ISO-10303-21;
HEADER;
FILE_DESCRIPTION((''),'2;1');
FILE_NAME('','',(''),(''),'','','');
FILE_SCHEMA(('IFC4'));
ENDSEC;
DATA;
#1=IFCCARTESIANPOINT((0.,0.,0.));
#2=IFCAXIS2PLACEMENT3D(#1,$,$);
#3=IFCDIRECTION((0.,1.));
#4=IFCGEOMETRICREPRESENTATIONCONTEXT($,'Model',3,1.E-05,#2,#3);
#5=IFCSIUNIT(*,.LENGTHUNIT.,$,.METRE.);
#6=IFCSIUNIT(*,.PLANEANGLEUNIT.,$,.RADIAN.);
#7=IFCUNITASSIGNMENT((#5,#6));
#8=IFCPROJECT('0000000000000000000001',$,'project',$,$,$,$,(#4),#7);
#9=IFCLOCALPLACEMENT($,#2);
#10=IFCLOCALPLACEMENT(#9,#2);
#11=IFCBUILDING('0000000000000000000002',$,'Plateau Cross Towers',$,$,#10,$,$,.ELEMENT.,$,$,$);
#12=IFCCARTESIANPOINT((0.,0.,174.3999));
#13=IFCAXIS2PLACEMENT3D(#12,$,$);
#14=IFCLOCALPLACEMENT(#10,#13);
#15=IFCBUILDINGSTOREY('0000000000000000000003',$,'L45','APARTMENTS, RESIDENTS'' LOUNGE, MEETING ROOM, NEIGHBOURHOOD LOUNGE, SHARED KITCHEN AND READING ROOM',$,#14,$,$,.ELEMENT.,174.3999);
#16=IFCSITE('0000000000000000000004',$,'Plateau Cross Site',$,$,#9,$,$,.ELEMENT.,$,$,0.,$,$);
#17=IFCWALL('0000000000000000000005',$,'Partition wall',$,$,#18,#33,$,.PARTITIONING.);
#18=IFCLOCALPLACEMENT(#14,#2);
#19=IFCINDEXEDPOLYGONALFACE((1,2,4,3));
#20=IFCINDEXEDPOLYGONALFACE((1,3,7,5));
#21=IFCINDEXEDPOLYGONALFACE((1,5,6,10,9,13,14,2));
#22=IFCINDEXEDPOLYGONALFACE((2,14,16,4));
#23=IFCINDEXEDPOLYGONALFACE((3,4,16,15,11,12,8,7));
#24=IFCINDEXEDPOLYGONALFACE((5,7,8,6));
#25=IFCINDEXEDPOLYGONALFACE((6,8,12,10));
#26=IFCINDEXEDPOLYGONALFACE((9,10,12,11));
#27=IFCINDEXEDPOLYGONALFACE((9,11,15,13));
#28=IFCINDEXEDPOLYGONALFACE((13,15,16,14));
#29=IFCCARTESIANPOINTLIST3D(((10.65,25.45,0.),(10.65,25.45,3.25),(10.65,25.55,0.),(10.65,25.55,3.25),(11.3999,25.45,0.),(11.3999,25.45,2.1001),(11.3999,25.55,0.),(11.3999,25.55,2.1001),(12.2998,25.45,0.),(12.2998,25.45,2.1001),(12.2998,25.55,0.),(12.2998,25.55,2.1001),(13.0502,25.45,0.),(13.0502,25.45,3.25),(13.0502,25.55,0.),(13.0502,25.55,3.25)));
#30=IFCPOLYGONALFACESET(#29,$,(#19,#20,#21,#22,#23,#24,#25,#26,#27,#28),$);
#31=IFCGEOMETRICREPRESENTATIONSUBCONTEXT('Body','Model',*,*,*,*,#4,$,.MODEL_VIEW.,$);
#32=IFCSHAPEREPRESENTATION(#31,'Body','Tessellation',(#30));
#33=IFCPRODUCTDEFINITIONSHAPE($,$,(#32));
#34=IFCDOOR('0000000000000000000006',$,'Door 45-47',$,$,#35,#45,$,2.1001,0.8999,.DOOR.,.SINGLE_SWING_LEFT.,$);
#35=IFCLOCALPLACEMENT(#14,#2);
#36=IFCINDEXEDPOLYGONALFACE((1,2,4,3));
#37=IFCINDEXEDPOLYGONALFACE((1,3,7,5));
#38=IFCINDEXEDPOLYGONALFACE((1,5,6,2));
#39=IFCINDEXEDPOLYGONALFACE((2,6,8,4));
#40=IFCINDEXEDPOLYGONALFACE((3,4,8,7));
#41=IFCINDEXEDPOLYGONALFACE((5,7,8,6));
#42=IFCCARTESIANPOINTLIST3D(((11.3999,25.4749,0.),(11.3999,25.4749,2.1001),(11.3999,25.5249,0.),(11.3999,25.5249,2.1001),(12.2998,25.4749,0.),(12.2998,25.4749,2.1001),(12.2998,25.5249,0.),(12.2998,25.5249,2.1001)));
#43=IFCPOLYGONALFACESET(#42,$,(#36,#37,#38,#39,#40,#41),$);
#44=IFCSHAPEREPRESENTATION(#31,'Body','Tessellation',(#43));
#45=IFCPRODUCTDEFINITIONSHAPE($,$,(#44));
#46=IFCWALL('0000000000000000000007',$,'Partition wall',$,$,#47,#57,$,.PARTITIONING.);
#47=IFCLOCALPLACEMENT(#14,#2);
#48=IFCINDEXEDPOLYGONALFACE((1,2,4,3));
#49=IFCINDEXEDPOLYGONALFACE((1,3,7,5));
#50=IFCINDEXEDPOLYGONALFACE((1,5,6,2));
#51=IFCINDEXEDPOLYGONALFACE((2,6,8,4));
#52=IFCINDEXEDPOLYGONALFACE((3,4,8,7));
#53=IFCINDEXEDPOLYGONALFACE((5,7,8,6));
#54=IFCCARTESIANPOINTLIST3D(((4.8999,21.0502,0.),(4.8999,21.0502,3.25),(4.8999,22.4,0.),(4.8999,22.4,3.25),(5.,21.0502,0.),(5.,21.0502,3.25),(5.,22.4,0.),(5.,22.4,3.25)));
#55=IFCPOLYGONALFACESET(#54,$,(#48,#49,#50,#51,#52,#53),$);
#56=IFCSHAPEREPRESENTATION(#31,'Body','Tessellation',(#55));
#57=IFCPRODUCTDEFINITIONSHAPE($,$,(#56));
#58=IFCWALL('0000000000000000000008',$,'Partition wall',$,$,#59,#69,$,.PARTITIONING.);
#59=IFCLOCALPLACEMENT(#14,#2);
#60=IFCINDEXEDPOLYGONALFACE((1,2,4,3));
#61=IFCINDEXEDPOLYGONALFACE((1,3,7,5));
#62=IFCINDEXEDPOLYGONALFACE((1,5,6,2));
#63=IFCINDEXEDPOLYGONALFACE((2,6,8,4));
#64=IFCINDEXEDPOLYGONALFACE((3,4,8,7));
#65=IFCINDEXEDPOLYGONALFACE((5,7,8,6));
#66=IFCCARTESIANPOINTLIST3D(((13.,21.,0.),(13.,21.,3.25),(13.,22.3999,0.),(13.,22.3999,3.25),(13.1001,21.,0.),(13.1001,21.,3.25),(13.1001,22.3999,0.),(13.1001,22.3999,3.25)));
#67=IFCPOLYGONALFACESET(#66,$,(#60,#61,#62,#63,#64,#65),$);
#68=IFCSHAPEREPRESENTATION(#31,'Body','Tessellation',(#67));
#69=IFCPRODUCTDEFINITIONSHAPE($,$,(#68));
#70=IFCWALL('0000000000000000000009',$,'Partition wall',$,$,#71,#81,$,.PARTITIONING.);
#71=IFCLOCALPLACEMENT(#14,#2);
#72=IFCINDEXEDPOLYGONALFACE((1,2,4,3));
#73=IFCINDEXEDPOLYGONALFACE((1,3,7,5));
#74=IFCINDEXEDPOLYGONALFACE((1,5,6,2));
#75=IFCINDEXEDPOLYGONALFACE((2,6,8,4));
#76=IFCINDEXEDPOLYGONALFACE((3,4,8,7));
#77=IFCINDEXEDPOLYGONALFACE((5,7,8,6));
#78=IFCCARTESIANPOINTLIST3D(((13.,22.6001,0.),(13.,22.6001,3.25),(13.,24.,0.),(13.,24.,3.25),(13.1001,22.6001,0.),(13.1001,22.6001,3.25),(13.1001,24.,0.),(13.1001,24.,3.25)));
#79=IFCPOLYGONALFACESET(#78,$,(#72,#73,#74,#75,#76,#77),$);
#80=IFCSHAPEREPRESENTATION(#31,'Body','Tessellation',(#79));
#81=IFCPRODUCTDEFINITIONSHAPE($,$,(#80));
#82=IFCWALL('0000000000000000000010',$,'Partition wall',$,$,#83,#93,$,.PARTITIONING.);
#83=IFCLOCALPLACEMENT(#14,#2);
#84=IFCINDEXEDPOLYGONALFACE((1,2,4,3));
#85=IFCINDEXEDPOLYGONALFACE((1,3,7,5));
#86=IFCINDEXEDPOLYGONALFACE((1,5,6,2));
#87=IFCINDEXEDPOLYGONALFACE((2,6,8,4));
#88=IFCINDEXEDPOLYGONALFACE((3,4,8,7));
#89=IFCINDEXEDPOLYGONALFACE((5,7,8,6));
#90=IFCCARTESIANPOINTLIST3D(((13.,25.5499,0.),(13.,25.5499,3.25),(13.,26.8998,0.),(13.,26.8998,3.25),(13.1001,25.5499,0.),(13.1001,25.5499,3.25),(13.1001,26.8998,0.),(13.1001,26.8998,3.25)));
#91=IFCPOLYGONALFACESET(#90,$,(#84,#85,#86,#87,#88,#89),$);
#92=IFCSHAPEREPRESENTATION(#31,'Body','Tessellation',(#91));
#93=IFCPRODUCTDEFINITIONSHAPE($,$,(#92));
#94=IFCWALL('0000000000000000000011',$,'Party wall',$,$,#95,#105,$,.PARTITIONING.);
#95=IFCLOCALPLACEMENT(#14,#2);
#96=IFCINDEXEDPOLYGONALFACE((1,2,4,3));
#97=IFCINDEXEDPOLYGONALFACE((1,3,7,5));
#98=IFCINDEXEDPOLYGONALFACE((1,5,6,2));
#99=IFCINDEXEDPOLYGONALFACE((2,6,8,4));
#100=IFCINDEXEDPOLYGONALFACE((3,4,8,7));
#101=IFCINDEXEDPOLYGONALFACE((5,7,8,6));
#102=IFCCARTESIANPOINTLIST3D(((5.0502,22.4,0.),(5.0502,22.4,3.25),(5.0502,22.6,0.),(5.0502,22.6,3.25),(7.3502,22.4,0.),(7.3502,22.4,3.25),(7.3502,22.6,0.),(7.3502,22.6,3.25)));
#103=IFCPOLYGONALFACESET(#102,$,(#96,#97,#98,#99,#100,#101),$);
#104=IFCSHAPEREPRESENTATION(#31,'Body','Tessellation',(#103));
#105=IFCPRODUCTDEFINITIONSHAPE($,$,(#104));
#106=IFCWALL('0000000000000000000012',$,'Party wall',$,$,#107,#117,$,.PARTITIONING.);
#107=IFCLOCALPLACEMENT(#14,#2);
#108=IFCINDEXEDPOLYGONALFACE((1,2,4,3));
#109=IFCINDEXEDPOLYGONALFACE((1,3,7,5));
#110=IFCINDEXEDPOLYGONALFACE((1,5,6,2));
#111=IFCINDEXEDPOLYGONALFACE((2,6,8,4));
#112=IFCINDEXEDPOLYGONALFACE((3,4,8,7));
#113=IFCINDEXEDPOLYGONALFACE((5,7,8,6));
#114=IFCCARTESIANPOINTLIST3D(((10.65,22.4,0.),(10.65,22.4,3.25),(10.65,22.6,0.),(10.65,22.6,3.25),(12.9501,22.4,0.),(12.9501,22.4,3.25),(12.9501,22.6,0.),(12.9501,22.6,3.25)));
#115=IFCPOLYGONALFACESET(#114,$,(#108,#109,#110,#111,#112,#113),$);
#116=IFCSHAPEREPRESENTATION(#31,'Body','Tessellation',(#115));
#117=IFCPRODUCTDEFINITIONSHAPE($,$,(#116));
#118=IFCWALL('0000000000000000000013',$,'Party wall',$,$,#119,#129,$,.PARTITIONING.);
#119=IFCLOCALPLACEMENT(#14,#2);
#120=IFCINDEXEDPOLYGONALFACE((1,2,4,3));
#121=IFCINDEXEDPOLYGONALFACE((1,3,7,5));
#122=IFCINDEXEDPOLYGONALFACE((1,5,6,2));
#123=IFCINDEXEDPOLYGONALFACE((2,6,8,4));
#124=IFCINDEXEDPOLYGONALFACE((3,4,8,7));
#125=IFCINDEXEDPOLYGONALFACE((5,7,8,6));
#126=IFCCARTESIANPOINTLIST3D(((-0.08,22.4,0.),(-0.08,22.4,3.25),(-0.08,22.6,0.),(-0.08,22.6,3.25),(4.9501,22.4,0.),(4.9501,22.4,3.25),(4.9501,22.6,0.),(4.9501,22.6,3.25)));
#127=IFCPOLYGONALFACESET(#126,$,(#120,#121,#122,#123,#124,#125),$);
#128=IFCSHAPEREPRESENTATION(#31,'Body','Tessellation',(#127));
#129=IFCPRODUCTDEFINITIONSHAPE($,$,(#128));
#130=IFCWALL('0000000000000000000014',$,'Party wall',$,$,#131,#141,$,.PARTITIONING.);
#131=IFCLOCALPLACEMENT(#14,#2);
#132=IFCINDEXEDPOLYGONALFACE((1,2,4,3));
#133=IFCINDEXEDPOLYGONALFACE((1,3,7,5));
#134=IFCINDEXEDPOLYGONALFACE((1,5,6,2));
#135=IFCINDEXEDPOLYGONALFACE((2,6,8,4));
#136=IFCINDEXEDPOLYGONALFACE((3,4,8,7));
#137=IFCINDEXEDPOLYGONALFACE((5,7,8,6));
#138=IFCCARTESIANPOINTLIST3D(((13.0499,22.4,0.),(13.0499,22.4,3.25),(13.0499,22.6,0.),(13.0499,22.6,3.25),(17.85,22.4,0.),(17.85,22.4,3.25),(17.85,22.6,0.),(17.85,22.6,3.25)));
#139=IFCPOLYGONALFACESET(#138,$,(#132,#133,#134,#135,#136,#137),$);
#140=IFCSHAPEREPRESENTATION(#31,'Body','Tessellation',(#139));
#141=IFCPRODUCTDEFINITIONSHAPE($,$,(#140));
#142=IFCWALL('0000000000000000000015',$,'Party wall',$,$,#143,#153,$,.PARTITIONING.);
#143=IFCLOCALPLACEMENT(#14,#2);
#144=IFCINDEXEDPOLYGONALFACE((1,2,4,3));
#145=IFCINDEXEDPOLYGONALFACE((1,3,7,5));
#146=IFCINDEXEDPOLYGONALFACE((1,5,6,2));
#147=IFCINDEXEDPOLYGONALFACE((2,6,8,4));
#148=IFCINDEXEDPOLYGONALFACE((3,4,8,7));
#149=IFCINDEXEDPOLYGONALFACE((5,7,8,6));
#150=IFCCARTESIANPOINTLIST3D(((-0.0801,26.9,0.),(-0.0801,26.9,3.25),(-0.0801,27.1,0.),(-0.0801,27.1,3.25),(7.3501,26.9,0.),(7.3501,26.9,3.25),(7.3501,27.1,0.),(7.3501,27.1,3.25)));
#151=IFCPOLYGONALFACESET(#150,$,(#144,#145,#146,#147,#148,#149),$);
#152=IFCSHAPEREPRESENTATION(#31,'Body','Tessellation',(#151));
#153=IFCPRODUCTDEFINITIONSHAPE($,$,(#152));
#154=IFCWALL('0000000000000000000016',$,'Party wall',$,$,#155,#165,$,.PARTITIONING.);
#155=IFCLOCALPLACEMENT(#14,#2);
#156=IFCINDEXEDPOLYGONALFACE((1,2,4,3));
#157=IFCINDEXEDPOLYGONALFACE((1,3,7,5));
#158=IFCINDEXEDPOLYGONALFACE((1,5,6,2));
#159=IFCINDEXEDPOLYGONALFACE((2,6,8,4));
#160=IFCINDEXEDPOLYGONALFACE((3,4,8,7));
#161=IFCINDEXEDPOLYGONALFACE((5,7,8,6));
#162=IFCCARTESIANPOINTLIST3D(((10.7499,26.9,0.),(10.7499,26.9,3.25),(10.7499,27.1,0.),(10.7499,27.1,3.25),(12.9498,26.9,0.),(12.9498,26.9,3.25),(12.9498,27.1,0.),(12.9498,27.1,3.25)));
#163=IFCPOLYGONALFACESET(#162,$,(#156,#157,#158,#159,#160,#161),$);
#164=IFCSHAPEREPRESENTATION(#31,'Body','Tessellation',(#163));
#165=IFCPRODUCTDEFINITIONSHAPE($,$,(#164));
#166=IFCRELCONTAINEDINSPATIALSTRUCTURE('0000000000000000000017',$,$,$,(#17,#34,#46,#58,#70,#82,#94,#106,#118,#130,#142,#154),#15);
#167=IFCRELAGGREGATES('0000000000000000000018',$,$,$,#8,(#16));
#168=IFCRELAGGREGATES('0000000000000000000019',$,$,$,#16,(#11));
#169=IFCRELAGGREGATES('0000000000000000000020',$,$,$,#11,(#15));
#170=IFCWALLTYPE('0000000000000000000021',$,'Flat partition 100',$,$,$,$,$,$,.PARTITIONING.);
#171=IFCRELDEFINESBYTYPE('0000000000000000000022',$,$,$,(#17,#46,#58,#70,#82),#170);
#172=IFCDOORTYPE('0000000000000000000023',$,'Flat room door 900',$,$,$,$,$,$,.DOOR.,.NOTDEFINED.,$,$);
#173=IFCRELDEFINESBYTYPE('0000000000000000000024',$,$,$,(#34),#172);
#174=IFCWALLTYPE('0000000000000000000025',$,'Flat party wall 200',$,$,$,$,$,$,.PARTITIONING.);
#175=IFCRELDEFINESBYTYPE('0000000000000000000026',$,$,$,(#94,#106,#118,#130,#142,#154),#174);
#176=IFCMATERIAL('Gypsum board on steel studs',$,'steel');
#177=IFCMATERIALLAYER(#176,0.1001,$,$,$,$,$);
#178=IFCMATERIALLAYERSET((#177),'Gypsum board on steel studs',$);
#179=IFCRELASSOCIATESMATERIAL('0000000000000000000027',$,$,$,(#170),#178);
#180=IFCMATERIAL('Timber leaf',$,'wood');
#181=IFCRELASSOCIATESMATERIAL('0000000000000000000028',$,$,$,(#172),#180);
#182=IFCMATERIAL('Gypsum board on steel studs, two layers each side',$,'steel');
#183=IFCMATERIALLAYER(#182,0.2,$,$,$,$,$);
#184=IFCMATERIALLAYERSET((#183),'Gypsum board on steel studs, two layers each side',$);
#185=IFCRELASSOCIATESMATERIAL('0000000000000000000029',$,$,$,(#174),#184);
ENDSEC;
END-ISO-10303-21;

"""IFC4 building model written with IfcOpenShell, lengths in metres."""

from ifc_helpers import new_model, si_unit, direction, frame, frame_2d, origin, place, context, subcontext, project, spatial, rectangle, extrude, material, layer, layer_set, type_object, element, fill, save


model = new_model("IFC4")

# Units and contexts
model_context = context("Model", 3, precision=1e-05, world=origin(), true_north=direction((0.0, 1.0)))
body_context = subcontext(model_context, "Body", "Model", "MODEL_VIEW")
ifc_project = project(units=[si_unit("LENGTHUNIT", "METRE"), si_unit("PLANEANGLEUNIT", "RADIAN")], contexts=[model_context])

# Site, building, storey
site_placement = place(None, origin())
site = spatial("IfcSite", under=ifc_project, at=site_placement, Name="Plateau Cross Site", CompositionType="ELEMENT", RefElevation=0.0)
building_placement = place(site_placement, origin())
building = spatial("IfcBuilding", under=site, at=building_placement, Name="Plateau Cross Towers", CompositionType="ELEMENT")
storey_placement = place(building_placement, frame((0.0, 0.0, 174.3999)))
storey = spatial("IfcBuildingStorey", under=building, at=storey_placement, Name="L45", Description="APARTMENTS, RESIDENTS' LOUNGE, MEETING ROOM, NEIGHBOURHOOD LOUNGE, SHARED KITCHEN AND READING ROOM", CompositionType="ELEMENT", Elevation=174.3999)

# Wall, opening, door
ifc_material_1 = material(Name="Gypsum board on steel studs", Category="steel")
ifc_layer_1 = layer(ifc_material_1, 0.1001)
ifc_layer_set_1 = layer_set([ifc_layer_1], Name="Gypsum board on steel studs")
wall_type_1 = type_object("IfcWallType", Name="Flat partition 100", PredefinedType="PARTITIONING", material=ifc_layer_set_1)
ifc_material_2 = material(Name="Timber leaf", Category="wood")
door_type_1 = type_object("IfcDoorType", Name="Flat room door 900", OperationType="NOTDEFINED", PredefinedType="DOOR", material=ifc_material_2)
wall_1_placement = place(storey_placement, frame((10.6499, 25.5, 0.0), z_axis=(0.0, 0.0, 1.0), x_axis=(1.0, 0.0, 0.0)))
wall_1 = element("IfcWall", 1, at=wall_1_placement, inside=storey, type_object=wall_type_1, Name="Partition wall", PredefinedType="PARTITIONING", context=body_context, shape_type="SweptSolid", body=[
    extrude(rectangle(XDim=2.4001, YDim=0.1001, at=frame_2d((1.2002, 0.0))), origin(), (0.0, 0.0, 1.0), 3.25),
])
opening_1_placement = place(wall_1_placement, frame((0.75, 0.0, 0.0)))
opening_1 = element("IfcOpeningElement", 2, at=opening_1_placement, cuts=wall_1, PredefinedType="OPENING", context=body_context, shape_type="SweptSolid", body=[
    extrude(rectangle(XDim=0.8999, YDim=2.1001, at=frame_2d((0.45, 1.05))), frame((0.0, 0.0601, 0.0), z_axis=(0.0, -1.0, 0.0), x_axis=(1.0, 0.0, 0.0)), (0.0, 0.0, 1.0), 0.1201),
])
door_1_placement = place(opening_1_placement, origin())
door_1 = element("IfcDoor", 3, at=door_1_placement, inside=storey, type_object=door_type_1, Name="Door 45-47", OperationType="SINGLE_SWING_LEFT", OverallHeight=2.1001, OverallWidth=0.8999, PredefinedType="DOOR", context=body_context, shape_type="SweptSolid", body=[
    extrude(rectangle(XDim=0.8999, YDim=2.1001, at=frame_2d((0.45, 1.05))), frame((0.0, 0.0249, 0.0), z_axis=(0.0, -1.0, 0.0), x_axis=(1.0, 0.0, 0.0)), (0.0, 0.0, 1.0), 0.05),
])
fill(opening_1, door_1)

# Walls
wall_2_placement = place(storey_placement, frame((4.95, 22.3999, 0.0), z_axis=(0.0, 0.0, 1.0), x_axis=(0.0, -1.0, 0.0)))
element("IfcWall", 4, at=wall_2_placement, inside=storey, type_object=wall_type_1, Name="Partition wall", PredefinedType="PARTITIONING", context=body_context, shape_type="SweptSolid", body=[
    extrude(rectangle(XDim=1.3499, YDim=0.1001, at=frame_2d((0.6748, 0.0))), origin(), (0.0, 0.0, 1.0), 3.25),
])
for number, where, z_axis, x_axis, name in (
    (5, (13.05, 21.0, 0.0), (0.0, 0.0, 1.0), (0.0, 1.0, 0.0), "Partition wall"),
    (6, (13.05, 22.6001, 0.0), (0.0, 0.0, 1.0), (0.0, 1.0, 0.0), "Partition wall"),
):
    element("IfcWall", number, at=place(storey_placement, frame(where, z_axis=z_axis, x_axis=x_axis)), inside=storey, type_object=wall_type_1, Name=name, PredefinedType="PARTITIONING", context=body_context, shape_type="SweptSolid", body=[
        extrude(rectangle(XDim=1.3999, YDim=0.1001, at=frame_2d((0.7, 0.0))), origin(), (0.0, 0.0, 1.0), 3.25),
    ])
wall_3_placement = place(storey_placement, frame((13.05, 25.55, 0.0), z_axis=(0.0, 0.0, 1.0), x_axis=(0.0, 1.0, 0.0)))
element("IfcWall", 7, at=wall_3_placement, inside=storey, type_object=wall_type_1, Name="Partition wall", PredefinedType="PARTITIONING", context=body_context, shape_type="SweptSolid", body=[
    extrude(rectangle(XDim=1.3499, YDim=0.1001, at=frame_2d((0.6748, 0.0))), origin(), (0.0, 0.0, 1.0), 3.25),
])
ifc_material_3 = material(Name="Gypsum board on steel studs, two layers each side", Category="steel")
ifc_layer_2 = layer(ifc_material_3, 0.2)
ifc_layer_set_2 = layer_set([ifc_layer_2], Name="Gypsum board on steel studs, two layers each side")
wall_type_2 = type_object("IfcWallType", Name="Flat party wall 200", PredefinedType="PARTITIONING", material=ifc_layer_set_2)
for number, where, z_axis, x_axis, name in (
    (8, (7.3501, 22.5, 0.0), (0.0, 0.0, 1.0), (-1.0, 0.0, 0.0), "Party wall"),
    (9, (12.95, 22.5, 0.0), (0.0, 0.0, 1.0), (-1.0, 0.0, 0.0), "Party wall"),
):
    element("IfcWall", number, at=place(storey_placement, frame(where, z_axis=z_axis, x_axis=x_axis)), inside=storey, type_object=wall_type_2, Name=name, PredefinedType="PARTITIONING", context=body_context, shape_type="SweptSolid", body=[
        extrude(rectangle(XDim=2.3, YDim=0.2, at=frame_2d((1.1499, 0.0))), origin(), (0.0, 0.0, 1.0), 3.25),
    ])
wall_4_placement = place(storey_placement, frame((-0.0801, 22.5, 0.0), z_axis=(0.0, 0.0, 1.0), x_axis=(1.0, 0.0, 0.0)))
element("IfcWall", 10, at=wall_4_placement, inside=storey, type_object=wall_type_2, Name="Party wall", PredefinedType="PARTITIONING", context=body_context, shape_type="SweptSolid", body=[
    extrude(rectangle(XDim=5.03, YDim=0.2, at=frame_2d((2.5151, 0.0))), origin(), (0.0, 0.0, 1.0), 3.25),
])
wall_5_placement = place(storey_placement, frame((13.05, 22.5, 0.0), z_axis=(0.0, 0.0, 1.0), x_axis=(1.0, 0.0, 0.0)))
element("IfcWall", 11, at=wall_5_placement, inside=storey, type_object=wall_type_2, Name="Party wall", PredefinedType="PARTITIONING", context=body_context, shape_type="SweptSolid", body=[
    extrude(rectangle(XDim=4.8, YDim=0.2, at=frame_2d((2.3999, 0.0))), origin(), (0.0, 0.0, 1.0), 3.25),
])
wall_6_placement = place(storey_placement, frame((7.3501, 27.0, 0.0), z_axis=(0.0, 0.0, 1.0), x_axis=(-1.0, 0.0, 0.0)))
element("IfcWall", 12, at=wall_6_placement, inside=storey, type_object=wall_type_2, Name="Party wall", PredefinedType="PARTITIONING", context=body_context, shape_type="SweptSolid", body=[
    extrude(rectangle(XDim=7.4302, YDim=0.2, at=frame_2d((3.7151, 0.0))), origin(), (0.0, 0.0, 1.0), 3.25),
])
wall_7_placement = place(storey_placement, frame((12.95, 27.0, 0.0), z_axis=(0.0, 0.0, 1.0), x_axis=(-1.0, 0.0, 0.0)))
element("IfcWall", 13, at=wall_7_placement, inside=storey, type_object=wall_type_2, Name="Party wall", PredefinedType="PARTITIONING", context=body_context, shape_type="SweptSolid", body=[
    extrude(rectangle(XDim=2.2, YDim=0.2, at=frame_2d((1.1001, 0.0))), origin(), (0.0, 0.0, 1.0), 3.25),
])

save(model, "model.ifc")
